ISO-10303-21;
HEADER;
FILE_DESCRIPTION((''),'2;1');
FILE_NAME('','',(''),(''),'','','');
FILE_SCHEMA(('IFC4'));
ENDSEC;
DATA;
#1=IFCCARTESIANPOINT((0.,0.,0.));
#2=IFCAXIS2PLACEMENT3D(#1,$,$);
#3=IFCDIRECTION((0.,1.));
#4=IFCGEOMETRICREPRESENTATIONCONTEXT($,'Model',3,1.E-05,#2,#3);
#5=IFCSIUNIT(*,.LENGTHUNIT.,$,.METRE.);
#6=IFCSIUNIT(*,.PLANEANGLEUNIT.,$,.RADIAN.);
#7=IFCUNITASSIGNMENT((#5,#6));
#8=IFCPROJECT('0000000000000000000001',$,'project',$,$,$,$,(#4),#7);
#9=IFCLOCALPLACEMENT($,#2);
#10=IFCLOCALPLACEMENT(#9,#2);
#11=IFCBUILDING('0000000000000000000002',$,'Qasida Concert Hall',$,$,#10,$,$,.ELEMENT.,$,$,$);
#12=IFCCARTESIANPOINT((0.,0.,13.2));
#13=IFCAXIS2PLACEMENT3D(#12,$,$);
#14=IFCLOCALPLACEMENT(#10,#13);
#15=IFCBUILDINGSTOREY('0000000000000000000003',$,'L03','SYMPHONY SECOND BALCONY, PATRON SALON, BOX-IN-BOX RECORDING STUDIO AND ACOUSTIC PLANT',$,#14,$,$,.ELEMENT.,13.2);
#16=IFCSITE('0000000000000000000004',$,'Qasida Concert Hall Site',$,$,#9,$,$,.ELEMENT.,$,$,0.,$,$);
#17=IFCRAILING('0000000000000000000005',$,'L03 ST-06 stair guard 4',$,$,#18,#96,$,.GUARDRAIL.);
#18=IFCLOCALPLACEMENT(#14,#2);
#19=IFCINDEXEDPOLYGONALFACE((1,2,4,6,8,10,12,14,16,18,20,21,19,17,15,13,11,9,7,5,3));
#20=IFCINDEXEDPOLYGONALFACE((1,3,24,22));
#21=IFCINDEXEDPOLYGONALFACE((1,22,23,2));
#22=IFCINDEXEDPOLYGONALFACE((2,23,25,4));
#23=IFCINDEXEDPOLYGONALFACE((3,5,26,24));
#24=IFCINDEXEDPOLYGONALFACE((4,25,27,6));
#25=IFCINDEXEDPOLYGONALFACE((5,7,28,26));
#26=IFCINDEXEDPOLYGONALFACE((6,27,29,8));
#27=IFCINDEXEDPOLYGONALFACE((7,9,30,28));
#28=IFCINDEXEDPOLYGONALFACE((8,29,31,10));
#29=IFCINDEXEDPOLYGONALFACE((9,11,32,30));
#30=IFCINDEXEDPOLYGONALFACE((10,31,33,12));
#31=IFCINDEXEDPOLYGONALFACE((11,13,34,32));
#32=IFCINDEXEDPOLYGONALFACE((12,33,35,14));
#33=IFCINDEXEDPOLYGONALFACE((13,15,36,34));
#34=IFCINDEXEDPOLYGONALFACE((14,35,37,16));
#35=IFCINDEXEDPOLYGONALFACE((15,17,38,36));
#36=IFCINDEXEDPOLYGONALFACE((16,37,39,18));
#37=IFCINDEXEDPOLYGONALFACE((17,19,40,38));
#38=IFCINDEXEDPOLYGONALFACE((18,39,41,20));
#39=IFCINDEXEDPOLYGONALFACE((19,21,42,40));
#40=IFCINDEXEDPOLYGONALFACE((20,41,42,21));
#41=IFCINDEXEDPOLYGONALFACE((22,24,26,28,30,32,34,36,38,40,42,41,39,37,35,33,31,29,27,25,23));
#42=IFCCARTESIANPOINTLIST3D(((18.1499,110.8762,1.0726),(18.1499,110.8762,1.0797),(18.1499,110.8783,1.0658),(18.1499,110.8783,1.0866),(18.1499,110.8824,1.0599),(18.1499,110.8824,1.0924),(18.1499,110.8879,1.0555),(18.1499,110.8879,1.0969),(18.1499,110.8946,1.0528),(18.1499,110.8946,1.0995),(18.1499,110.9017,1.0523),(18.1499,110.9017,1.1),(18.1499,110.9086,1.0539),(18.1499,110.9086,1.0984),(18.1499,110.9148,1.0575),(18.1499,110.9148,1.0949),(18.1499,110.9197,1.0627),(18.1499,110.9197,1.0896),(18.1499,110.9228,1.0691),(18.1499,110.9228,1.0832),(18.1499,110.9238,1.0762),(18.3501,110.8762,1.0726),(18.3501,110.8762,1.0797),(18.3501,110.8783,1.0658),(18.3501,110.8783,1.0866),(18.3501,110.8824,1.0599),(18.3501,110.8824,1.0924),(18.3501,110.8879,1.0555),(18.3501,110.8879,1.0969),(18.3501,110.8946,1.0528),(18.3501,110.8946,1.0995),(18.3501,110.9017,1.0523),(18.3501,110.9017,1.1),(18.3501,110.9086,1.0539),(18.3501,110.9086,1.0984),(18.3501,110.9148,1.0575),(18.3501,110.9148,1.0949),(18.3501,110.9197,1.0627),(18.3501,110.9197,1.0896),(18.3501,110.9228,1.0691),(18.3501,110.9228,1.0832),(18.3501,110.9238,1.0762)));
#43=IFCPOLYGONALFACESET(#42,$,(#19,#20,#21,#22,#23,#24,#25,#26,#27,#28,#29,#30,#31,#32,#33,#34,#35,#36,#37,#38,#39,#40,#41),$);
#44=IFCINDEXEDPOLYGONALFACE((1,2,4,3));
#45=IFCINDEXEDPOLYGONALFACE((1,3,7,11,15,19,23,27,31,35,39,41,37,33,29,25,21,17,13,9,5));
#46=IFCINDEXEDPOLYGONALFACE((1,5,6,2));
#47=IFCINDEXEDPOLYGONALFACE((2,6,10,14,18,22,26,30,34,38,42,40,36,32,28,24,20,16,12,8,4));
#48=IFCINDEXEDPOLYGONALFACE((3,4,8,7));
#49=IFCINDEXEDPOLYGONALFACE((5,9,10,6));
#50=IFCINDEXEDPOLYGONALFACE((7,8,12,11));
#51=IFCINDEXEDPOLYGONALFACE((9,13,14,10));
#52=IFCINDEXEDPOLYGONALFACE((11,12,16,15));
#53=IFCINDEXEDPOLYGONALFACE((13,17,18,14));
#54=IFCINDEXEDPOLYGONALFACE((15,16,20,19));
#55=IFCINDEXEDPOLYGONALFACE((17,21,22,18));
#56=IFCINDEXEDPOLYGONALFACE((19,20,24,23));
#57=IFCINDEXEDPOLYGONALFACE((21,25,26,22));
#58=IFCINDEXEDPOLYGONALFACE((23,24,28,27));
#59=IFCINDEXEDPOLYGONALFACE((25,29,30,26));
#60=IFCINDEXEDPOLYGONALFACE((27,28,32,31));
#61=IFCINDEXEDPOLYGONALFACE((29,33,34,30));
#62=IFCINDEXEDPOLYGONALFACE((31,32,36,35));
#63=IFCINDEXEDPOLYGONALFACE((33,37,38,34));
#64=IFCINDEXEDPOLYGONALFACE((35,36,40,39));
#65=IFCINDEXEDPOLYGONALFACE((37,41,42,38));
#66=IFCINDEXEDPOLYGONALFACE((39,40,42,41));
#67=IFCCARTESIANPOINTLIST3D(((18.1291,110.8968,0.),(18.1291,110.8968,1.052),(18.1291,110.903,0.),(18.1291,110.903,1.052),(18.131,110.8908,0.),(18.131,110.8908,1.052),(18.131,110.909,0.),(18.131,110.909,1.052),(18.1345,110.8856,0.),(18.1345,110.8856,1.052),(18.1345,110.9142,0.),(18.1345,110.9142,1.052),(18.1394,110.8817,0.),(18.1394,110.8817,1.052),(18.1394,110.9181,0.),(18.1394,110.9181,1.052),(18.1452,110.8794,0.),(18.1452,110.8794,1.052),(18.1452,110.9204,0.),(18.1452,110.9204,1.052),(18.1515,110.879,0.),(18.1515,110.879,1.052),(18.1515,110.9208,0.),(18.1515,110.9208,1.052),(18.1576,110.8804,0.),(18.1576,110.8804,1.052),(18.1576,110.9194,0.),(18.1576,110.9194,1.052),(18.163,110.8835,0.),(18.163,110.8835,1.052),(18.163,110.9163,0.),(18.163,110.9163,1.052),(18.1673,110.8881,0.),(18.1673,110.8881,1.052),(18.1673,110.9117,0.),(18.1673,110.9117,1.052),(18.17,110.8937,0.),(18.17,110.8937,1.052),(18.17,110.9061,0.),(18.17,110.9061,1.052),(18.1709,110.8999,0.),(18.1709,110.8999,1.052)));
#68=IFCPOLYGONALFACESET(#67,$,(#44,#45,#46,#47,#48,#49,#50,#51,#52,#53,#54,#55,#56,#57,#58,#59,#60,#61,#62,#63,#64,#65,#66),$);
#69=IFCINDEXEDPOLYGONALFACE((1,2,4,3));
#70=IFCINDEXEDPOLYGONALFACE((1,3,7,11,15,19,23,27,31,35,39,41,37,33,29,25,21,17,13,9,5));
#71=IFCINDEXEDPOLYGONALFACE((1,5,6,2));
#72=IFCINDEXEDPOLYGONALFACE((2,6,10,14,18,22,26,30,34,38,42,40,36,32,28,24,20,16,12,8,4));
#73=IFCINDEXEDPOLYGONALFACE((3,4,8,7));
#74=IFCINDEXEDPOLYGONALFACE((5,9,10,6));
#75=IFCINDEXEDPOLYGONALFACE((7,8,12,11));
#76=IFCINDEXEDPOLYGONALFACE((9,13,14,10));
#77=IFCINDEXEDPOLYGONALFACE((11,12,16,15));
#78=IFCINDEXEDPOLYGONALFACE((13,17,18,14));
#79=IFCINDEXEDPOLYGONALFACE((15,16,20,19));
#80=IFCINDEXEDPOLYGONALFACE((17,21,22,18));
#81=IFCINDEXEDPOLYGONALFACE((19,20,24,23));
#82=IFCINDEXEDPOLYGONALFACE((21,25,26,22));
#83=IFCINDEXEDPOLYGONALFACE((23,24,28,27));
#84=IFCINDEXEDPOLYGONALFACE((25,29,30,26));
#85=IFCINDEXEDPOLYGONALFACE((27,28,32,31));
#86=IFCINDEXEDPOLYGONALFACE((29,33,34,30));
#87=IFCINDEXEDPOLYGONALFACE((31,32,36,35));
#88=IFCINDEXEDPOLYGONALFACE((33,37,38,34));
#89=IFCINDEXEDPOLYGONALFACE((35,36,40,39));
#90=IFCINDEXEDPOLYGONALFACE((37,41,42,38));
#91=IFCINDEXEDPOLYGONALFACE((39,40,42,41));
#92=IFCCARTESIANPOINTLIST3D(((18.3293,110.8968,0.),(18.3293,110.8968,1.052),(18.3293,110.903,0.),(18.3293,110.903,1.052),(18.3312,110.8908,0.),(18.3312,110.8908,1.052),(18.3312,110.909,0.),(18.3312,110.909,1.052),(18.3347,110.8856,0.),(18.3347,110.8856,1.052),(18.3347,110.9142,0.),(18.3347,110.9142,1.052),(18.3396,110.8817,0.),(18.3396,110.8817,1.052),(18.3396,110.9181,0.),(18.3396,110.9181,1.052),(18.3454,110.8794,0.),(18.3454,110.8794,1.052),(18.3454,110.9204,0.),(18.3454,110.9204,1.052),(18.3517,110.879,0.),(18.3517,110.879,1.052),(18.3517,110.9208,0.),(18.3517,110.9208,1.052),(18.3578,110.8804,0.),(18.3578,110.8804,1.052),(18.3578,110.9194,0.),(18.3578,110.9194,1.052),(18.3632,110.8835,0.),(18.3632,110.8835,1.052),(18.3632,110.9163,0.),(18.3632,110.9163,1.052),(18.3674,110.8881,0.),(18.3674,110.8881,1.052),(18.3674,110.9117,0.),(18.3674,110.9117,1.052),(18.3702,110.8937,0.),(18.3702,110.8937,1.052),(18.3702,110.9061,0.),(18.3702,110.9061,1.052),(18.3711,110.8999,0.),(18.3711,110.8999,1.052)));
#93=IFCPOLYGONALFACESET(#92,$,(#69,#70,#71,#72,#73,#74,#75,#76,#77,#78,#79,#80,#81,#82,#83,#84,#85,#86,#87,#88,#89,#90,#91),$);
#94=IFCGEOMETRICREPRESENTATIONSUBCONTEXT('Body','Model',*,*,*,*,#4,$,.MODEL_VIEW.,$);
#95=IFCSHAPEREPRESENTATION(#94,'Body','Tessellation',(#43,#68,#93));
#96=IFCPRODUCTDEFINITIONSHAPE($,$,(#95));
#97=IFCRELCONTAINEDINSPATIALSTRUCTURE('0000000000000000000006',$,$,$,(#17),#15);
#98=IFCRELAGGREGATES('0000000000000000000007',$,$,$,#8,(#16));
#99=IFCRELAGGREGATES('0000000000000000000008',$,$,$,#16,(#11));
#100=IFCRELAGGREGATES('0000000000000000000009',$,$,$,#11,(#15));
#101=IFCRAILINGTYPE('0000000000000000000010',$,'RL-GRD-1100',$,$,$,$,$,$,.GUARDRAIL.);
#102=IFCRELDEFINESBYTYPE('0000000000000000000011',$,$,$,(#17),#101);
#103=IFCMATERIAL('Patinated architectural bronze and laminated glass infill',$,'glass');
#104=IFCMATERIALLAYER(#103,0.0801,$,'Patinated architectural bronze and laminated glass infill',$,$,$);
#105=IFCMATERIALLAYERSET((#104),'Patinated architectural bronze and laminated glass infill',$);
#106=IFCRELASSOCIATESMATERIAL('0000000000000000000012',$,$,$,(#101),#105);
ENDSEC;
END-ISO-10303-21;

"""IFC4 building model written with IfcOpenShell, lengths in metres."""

from ifc_helpers import new_model, si_unit, direction, frame, origin, origin_2d, place, context, subcontext, project, spatial, circle, extrude, material, layer, layer_set, type_object, element, save


model = new_model("IFC4")

# Units and contexts
model_context = context("Model", 3, precision=1e-05, world=origin(), true_north=direction((0.0, 1.0)))
body_context = subcontext(model_context, "Body", "Model", "MODEL_VIEW")
ifc_project = project(units=[si_unit("LENGTHUNIT", "METRE"), si_unit("PLANEANGLEUNIT", "RADIAN")], contexts=[model_context])

# Site, building, storey
site_placement = place(None, origin())
site = spatial("IfcSite", under=ifc_project, at=site_placement, Name="Qasida Concert Hall Site", CompositionType="ELEMENT", RefElevation=0.0)
building_placement = place(site_placement, origin())
building = spatial("IfcBuilding", under=site, at=building_placement, Name="Qasida Concert Hall", CompositionType="ELEMENT")
storey_placement = place(building_placement, frame((0.0, 0.0, 13.2)))
storey = spatial("IfcBuildingStorey", under=building, at=storey_placement, Name="L03", Description="SYMPHONY SECOND BALCONY, PATRON SALON, BOX-IN-BOX RECORDING STUDIO AND ACOUSTIC PLANT", CompositionType="ELEMENT", Elevation=13.2)

# Railing
ifc_material_1 = material(Name="Patinated architectural bronze and laminated glass infill", Category="glass")
ifc_layer_1 = layer(ifc_material_1, 0.0801, Name="Patinated architectural bronze and laminated glass infill")
ifc_layer_set_1 = layer_set([ifc_layer_1], Name="Patinated architectural bronze and laminated glass infill")
railing_type_1 = type_object("IfcRailingType", Name="RL-GRD-1100", PredefinedType="GUARDRAIL", material=ifc_layer_set_1)
railing_1_placement = place(storey_placement, frame((18.1499, 110.8999, 0.0)))
element("IfcRailing", 1, at=railing_1_placement, inside=storey, type_object=railing_type_1, Name="L03 ST-06 stair guard 4", PredefinedType="GUARDRAIL", context=body_context, shape_type="SweptSolid", body=[
    extrude(circle(Radius=0.0239, at=origin_2d()), frame((0.0, 0.0, 1.0762), z_axis=(1.0, 0.0, 0.0), x_axis=(0.0, 1.0, 0.0)), (0.0, 0.0, 1.0), 0.2002),
    extrude(circle(Radius=0.021, at=origin_2d()), origin(), (0.0, 0.0, 1.0), 1.052),
    extrude(circle(Radius=0.021, at=origin_2d()), frame((0.2002, 0.0, 0.0)), (0.0, 0.0, 1.0), 1.052),
])

save(model, "model.ifc")
